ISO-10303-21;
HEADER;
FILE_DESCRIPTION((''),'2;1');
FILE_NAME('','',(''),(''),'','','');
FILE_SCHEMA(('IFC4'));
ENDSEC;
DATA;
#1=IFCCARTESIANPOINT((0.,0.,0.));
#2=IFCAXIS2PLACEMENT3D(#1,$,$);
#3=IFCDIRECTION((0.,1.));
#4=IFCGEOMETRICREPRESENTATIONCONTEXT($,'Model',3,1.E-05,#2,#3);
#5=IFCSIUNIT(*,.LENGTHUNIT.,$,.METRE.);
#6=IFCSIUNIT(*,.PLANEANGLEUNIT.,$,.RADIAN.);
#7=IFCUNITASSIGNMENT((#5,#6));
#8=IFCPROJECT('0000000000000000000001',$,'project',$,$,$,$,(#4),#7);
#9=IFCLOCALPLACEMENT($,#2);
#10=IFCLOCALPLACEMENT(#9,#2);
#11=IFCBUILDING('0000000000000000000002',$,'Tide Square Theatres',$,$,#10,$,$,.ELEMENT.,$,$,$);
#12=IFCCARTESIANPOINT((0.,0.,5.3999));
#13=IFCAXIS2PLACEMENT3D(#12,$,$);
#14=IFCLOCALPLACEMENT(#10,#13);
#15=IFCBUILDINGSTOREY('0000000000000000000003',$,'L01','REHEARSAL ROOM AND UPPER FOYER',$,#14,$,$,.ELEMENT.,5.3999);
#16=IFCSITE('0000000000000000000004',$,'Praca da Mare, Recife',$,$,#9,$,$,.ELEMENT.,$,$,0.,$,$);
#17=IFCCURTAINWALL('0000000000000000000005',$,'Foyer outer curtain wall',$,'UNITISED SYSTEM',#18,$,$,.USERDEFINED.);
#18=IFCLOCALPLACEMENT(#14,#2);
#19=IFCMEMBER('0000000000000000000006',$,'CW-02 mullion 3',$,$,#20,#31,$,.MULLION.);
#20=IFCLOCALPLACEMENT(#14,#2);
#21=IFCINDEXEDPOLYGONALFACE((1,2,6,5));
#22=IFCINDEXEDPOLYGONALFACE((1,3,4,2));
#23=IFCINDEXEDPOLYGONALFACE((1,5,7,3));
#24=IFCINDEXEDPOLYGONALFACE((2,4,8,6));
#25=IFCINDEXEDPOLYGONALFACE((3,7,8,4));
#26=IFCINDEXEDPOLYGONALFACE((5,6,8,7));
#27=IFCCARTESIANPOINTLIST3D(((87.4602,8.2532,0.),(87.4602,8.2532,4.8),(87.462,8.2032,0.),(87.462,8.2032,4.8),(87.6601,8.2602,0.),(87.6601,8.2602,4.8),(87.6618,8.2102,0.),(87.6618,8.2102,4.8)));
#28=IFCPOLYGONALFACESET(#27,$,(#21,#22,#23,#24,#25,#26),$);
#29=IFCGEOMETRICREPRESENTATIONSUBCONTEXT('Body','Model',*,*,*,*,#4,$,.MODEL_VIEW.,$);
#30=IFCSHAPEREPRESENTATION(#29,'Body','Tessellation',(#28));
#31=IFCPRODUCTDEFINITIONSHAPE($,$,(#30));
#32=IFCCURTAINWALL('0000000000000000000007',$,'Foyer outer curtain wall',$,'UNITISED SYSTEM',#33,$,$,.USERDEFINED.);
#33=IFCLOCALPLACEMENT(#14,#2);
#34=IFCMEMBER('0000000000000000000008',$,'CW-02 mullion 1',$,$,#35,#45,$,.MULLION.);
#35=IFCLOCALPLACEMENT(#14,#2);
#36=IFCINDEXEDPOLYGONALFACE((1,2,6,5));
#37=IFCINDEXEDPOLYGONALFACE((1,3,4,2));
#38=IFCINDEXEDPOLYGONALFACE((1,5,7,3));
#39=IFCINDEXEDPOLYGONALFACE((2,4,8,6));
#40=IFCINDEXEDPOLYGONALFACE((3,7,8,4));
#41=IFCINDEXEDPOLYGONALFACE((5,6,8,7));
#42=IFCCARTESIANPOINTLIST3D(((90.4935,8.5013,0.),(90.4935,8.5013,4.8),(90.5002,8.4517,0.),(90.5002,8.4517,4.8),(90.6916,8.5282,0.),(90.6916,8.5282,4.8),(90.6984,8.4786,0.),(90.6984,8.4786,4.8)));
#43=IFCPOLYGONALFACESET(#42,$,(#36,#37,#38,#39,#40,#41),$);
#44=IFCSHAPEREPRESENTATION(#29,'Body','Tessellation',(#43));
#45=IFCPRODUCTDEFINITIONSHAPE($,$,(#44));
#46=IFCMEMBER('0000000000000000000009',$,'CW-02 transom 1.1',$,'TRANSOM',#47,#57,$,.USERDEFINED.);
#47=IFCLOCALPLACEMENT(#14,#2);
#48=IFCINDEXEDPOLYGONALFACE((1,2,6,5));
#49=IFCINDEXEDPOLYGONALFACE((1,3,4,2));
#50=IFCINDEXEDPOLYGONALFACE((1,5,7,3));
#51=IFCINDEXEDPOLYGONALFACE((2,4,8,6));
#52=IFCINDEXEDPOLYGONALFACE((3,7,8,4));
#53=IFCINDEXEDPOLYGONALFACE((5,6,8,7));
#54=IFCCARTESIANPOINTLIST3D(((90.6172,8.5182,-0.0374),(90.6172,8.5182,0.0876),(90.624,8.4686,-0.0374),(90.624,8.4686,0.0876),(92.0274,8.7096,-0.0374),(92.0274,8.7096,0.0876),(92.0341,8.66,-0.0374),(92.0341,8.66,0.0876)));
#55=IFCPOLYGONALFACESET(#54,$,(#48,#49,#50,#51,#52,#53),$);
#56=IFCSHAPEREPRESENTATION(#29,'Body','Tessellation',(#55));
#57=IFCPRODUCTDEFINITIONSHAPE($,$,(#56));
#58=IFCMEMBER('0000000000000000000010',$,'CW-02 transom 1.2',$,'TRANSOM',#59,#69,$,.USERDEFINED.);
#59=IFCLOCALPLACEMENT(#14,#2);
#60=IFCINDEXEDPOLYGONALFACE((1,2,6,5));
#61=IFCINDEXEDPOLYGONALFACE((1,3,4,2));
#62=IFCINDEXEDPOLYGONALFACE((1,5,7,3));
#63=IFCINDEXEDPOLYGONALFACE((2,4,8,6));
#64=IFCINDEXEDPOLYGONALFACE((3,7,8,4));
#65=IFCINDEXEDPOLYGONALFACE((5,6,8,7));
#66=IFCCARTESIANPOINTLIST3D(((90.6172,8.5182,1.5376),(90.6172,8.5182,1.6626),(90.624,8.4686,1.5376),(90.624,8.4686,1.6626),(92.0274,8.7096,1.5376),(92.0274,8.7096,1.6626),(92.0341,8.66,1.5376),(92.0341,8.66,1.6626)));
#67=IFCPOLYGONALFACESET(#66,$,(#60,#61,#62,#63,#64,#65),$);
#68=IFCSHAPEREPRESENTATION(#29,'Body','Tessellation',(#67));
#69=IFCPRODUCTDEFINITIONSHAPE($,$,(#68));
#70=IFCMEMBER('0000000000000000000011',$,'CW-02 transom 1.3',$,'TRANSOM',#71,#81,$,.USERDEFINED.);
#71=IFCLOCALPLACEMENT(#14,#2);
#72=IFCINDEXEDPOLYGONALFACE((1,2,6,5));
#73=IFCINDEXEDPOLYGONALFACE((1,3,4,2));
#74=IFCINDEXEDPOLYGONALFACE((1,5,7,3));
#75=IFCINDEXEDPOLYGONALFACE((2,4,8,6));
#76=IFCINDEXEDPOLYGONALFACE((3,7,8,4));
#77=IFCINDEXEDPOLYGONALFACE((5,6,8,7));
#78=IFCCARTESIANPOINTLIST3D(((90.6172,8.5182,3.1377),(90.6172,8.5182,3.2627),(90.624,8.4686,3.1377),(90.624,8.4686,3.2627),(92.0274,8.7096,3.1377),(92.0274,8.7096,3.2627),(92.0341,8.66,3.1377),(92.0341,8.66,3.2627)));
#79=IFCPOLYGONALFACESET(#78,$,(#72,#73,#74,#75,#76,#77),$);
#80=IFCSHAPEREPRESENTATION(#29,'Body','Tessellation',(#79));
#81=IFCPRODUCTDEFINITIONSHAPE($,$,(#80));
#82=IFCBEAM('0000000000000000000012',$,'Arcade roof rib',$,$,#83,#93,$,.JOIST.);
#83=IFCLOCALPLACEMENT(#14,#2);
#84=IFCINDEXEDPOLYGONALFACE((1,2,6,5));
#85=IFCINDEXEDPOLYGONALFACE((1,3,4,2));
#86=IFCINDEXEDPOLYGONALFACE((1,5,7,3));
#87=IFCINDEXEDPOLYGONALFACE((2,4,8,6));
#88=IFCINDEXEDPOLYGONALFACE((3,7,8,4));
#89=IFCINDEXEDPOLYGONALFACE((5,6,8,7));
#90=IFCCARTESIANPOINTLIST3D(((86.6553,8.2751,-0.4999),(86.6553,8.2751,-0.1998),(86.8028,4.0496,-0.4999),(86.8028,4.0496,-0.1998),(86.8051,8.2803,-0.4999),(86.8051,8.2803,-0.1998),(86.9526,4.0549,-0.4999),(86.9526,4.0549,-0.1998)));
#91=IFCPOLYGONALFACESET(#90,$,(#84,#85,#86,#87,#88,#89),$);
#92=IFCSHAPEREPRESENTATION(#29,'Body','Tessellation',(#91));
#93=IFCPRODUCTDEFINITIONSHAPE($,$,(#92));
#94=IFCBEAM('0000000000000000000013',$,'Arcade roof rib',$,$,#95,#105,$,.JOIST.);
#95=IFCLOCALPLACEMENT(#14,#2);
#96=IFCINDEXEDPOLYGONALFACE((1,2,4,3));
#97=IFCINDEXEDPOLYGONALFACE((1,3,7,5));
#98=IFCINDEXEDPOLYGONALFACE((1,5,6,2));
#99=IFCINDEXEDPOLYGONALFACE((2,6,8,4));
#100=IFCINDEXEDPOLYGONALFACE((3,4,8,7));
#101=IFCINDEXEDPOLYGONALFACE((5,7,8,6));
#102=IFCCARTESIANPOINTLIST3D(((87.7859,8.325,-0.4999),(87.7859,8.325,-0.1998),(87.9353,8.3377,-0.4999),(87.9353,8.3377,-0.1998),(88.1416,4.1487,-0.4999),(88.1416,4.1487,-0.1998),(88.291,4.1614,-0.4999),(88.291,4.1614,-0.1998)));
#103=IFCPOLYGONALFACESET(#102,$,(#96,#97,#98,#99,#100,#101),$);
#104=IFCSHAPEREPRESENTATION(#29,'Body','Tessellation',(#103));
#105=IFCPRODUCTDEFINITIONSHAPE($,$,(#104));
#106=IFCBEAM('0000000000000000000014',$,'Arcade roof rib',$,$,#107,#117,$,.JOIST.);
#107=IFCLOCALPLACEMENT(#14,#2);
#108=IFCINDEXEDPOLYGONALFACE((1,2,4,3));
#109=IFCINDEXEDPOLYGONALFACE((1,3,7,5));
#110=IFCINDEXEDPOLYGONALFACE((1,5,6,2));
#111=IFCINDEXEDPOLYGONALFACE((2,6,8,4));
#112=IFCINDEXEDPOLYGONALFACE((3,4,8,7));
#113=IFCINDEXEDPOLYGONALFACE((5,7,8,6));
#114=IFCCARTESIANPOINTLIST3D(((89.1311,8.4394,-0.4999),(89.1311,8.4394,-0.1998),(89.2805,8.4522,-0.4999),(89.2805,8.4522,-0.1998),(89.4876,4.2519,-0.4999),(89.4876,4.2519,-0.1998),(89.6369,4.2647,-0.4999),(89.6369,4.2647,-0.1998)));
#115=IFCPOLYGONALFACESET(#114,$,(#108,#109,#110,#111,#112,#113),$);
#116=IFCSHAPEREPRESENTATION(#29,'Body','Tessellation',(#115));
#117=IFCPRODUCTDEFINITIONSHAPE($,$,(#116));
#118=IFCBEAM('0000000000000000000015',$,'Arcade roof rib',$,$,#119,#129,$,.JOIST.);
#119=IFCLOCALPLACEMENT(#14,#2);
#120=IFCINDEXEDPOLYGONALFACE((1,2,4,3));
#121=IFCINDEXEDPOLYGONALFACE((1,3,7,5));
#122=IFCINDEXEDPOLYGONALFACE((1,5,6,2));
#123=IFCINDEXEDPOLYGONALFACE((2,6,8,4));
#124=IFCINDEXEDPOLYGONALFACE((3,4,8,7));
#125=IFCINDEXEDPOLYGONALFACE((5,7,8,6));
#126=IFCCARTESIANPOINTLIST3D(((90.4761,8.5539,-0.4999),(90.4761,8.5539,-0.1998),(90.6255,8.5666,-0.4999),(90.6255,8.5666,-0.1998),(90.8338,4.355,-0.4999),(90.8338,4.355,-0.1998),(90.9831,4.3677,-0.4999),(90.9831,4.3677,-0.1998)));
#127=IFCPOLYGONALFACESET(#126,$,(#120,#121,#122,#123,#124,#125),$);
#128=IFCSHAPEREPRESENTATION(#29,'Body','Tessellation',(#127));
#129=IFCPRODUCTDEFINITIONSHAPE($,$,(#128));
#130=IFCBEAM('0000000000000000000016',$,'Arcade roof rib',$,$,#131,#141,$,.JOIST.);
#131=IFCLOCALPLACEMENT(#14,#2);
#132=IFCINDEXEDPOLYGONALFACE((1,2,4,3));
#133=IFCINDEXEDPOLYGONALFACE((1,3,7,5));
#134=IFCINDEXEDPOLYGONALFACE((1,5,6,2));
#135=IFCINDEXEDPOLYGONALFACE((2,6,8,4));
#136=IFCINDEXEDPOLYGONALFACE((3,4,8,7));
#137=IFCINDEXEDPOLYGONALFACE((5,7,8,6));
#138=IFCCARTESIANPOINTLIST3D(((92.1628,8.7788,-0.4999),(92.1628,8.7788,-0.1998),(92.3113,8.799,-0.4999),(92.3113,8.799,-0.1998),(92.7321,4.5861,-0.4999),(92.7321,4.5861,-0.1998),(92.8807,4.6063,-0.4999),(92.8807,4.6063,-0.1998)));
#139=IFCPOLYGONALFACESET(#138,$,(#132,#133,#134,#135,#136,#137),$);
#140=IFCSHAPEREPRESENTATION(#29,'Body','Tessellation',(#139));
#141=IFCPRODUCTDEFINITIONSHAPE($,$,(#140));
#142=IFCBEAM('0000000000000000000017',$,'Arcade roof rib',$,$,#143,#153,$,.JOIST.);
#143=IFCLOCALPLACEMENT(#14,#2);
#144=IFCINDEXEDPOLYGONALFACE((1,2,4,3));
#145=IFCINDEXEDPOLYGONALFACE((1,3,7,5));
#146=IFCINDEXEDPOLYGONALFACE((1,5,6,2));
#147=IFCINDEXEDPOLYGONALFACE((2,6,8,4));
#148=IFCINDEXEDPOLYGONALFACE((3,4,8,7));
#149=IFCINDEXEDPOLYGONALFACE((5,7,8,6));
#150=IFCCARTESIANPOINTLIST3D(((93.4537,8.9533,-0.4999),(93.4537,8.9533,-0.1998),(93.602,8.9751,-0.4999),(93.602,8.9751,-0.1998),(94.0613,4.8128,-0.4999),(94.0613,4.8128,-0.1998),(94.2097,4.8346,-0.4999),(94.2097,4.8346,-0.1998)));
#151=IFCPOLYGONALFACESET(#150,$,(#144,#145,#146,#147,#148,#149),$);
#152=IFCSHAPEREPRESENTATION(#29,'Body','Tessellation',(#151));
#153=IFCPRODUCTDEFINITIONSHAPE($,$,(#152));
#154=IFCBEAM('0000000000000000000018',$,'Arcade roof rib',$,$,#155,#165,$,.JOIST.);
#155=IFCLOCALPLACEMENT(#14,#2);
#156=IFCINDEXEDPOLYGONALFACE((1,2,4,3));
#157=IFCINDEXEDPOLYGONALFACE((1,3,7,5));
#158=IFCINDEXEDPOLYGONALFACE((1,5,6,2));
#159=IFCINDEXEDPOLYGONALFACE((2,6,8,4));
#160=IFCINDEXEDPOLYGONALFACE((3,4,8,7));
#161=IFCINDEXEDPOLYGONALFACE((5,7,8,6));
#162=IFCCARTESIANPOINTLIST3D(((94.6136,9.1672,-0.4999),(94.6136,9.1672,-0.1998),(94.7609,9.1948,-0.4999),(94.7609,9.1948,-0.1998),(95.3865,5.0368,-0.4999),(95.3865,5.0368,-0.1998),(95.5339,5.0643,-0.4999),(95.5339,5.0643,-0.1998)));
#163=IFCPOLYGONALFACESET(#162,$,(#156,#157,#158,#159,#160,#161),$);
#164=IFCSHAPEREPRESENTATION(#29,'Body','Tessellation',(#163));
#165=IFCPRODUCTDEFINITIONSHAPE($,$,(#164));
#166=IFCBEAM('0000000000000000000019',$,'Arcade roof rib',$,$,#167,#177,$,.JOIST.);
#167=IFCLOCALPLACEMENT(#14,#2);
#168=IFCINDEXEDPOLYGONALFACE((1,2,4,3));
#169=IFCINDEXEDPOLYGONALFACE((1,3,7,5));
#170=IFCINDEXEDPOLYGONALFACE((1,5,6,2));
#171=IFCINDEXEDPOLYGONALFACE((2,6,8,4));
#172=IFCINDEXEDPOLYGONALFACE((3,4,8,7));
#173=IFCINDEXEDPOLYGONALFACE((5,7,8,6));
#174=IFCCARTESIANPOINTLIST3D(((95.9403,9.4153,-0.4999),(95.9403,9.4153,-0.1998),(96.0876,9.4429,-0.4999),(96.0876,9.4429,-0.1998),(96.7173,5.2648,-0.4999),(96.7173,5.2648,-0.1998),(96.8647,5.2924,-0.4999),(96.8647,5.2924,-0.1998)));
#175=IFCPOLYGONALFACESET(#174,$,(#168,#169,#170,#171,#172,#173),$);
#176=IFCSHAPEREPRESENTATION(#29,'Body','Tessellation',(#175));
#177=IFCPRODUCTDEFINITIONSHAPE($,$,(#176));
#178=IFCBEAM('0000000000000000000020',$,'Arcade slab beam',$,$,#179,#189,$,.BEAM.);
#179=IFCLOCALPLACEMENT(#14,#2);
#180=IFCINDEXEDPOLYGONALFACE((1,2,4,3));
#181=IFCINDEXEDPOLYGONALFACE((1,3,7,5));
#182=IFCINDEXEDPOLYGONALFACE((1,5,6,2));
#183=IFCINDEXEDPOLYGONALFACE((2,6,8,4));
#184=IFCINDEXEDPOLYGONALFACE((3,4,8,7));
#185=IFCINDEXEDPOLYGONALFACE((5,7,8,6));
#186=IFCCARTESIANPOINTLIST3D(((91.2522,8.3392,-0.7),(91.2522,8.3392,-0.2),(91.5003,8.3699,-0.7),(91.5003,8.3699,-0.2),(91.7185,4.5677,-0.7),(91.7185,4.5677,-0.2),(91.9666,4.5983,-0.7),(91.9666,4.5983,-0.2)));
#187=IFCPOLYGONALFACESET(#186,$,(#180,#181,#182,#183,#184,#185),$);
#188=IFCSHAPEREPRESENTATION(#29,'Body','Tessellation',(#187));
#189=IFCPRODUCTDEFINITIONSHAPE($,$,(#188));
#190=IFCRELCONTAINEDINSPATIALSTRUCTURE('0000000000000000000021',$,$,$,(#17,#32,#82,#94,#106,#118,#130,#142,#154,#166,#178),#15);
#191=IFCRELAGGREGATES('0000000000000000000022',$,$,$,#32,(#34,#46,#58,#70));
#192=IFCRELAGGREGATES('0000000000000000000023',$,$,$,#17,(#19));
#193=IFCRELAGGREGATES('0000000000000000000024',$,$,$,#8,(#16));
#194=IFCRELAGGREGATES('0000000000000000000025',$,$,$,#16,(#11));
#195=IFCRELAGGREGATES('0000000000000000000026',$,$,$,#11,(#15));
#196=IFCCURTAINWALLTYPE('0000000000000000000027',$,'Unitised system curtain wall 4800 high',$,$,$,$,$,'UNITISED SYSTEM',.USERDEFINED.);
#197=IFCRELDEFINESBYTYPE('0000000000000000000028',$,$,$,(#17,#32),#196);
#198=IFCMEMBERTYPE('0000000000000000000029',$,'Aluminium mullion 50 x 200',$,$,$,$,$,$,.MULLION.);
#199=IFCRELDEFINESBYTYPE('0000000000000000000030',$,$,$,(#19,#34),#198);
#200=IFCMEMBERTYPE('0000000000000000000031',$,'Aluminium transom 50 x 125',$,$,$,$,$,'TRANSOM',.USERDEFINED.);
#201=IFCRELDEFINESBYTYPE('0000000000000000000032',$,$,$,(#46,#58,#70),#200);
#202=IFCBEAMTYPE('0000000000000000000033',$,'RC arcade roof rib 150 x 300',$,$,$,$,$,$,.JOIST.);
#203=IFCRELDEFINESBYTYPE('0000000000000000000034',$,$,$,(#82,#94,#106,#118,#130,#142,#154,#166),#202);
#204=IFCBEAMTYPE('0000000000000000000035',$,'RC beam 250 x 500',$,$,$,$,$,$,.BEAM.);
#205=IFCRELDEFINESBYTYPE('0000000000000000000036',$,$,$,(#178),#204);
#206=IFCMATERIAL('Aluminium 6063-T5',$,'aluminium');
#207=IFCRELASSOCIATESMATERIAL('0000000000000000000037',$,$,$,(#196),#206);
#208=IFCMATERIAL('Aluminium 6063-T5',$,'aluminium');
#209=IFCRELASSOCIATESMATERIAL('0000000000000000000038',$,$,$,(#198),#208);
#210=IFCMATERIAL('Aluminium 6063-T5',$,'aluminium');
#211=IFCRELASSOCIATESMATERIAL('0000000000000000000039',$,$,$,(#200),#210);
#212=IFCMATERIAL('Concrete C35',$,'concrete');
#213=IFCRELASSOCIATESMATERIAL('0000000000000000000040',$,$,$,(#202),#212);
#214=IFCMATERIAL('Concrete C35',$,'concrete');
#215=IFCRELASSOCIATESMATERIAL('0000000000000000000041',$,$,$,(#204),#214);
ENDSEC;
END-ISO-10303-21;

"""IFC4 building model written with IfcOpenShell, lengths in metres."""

from ifc_helpers import new_model, si_unit, direction, frame, origin, origin_2d, place, context, subcontext, project, spatial, rectangle, extrude, material, material_profile, profile_set, type_object, element, aggregate, save


model = new_model("IFC4")

# Units and contexts
model_context = context("Model", 3, precision=1e-05, world=origin(), true_north=direction((0.0, 1.0)))
body_context = subcontext(model_context, "Body", "Model", "MODEL_VIEW")
ifc_project = project(units=[si_unit("LENGTHUNIT", "METRE"), si_unit("PLANEANGLEUNIT", "RADIAN")], contexts=[model_context])

# Site, building, storey
site_placement = place(None, origin())
site = spatial("IfcSite", under=ifc_project, at=site_placement, Name="Praca da Mare, Recife", CompositionType="ELEMENT", RefElevation=0.0)
building_placement = place(site_placement, origin())
building = spatial("IfcBuilding", under=site, at=building_placement, Name="Tide Square Theatres", CompositionType="ELEMENT")
storey_placement = place(building_placement, frame((0.0, 0.0, 5.3999)))
storey = spatial("IfcBuildingStorey", under=building, at=storey_placement, Name="L01", Description="REHEARSAL ROOM AND UPPER FOYER", CompositionType="ELEMENT", Elevation=5.3999)

# Curtain wall, member
ifc_material_1 = material(Name="Aluminium 6063-T5", Category="aluminium")
curtain_wall_type = type_object("IfcCurtainWallType", Name="Unitised system curtain wall 4800 high", ElementType="UNITISED SYSTEM", PredefinedType="USERDEFINED", material=ifc_material_1)
curtain_wall_1_placement = place(storey_placement, origin())
curtain_wall_1 = element("IfcCurtainWall", 1, at=curtain_wall_1_placement, inside=storey, type_object=curtain_wall_type, Name="Foyer outer curtain wall", ObjectType="UNITISED SYSTEM", PredefinedType="USERDEFINED")
ifc_material_2 = material(Name="Aluminium 6063-T5", Category="aluminium")
ifc_material_profile_1 = material_profile(ifc_material_2, rectangle(XDim=0.05, YDim=0.2, at=origin_2d()))
ifc_profile_set_1 = profile_set([ifc_material_profile_1], Name="Aluminium 6063-T5")
member_type_1 = type_object("IfcMemberType", Name="Aluminium mullion 50 x 200", PredefinedType="MULLION", material=ifc_profile_set_1)
member_1_placement = place(storey_placement, frame((87.561, 8.2317, 0.0), z_axis=(0.0, 0.0, 1.0), x_axis=(-0.03488, 0.999392, 0.0)))
member_1 = element("IfcMember", 2, at=member_1_placement, type_object=member_type_1, Name="CW-02 mullion 3", PredefinedType="MULLION", context=body_context, shape_type="SweptSolid", body=[
    extrude(rectangle(XDim=0.05, YDim=0.2, at=origin_2d()), origin(), (0.0, 0.0, 1.0), 4.8),
])

# Curtain wall, members
curtain_wall_2_placement = place(storey_placement, origin())
curtain_wall_2 = element("IfcCurtainWall", 3, at=curtain_wall_2_placement, inside=storey, type_object=curtain_wall_type, Name="Foyer outer curtain wall", ObjectType="UNITISED SYSTEM", PredefinedType="USERDEFINED")
member_2_placement = place(storey_placement, frame((90.5959, 8.49, 0.0), z_axis=(0.0, 0.0, 1.0), x_axis=(-0.134577, 0.990903, 0.0)))
member_2 = element("IfcMember", 4, at=member_2_placement, type_object=member_type_1, Name="CW-02 mullion 1", PredefinedType="MULLION", context=body_context, shape_type="SweptSolid", body=[
    extrude(rectangle(XDim=0.05, YDim=0.2, at=origin_2d()), origin(), (0.0, 0.0, 1.0), 4.8),
])
ifc_material_3 = material(Name="Aluminium 6063-T5", Category="aluminium")
ifc_material_profile_2 = material_profile(ifc_material_3, rectangle(XDim=0.05, YDim=0.125, at=origin_2d()))
ifc_profile_set_2 = profile_set([ifc_material_profile_2], Name="Aluminium 6063-T5")
member_type_2 = type_object("IfcMemberType", Name="Aluminium transom 50 x 125", ElementType="TRANSOM", PredefinedType="USERDEFINED", material=ifc_profile_set_2)
member_3_placement = place(storey_placement, frame((90.6206, 8.4934, 0.0251), z_axis=(0.990913, 0.134501, 0.0), x_axis=(-0.134501, 0.990913, 0.0)))
member_3 = element("IfcMember", 5, at=member_3_placement, type_object=member_type_2, Name="CW-02 transom 1.1", ObjectType="TRANSOM", PredefinedType="USERDEFINED", context=body_context, shape_type="SweptSolid", body=[
    extrude(rectangle(XDim=0.05, YDim=0.125, at=origin_2d()), origin(), (0.0, 0.0, 1.0), 1.4231),
])
member_4_placement = place(storey_placement, frame((90.6206, 8.4934, 1.6001), z_axis=(0.990913, 0.134501, 0.0), x_axis=(-0.134501, 0.990913, 0.0)))
member_4 = element("IfcMember", 6, at=member_4_placement, type_object=member_type_2, Name="CW-02 transom 1.2", ObjectType="TRANSOM", PredefinedType="USERDEFINED", context=body_context, shape_type="SweptSolid", body=[
    extrude(rectangle(XDim=0.05, YDim=0.125, at=origin_2d()), origin(), (0.0, 0.0, 1.0), 1.4231),
])
member_5_placement = place(storey_placement, frame((90.6206, 8.4934, 3.2002), z_axis=(0.990913, 0.134501, 0.0), x_axis=(-0.134501, 0.990913, 0.0)))
member_5 = element("IfcMember", 7, at=member_5_placement, type_object=member_type_2, Name="CW-02 transom 1.3", ObjectType="TRANSOM", PredefinedType="USERDEFINED", context=body_context, shape_type="SweptSolid", body=[
    extrude(rectangle(XDim=0.05, YDim=0.125, at=origin_2d()), origin(), (0.0, 0.0, 1.0), 1.4231),
])
aggregate(curtain_wall_2, [member_2, member_3, member_4, member_5])

# Beams
ifc_material_4 = material(Name="Concrete C35", Category="concrete")
ifc_material_profile_3 = material_profile(ifc_material_4, rectangle(XDim=0.1499, YDim=0.3, at=origin_2d()))
ifc_profile_set_3 = profile_set([ifc_material_profile_3], Name="Concrete C35")
beam_type_1 = type_object("IfcBeamType", Name="RC arcade roof rib 150 x 300", PredefinedType="JOIST", material=ifc_profile_set_3)
beam_1_placement = place(storey_placement, frame((86.8777, 4.0522, -0.3499), z_axis=(-0.034878, 0.999392, 0.0), x_axis=(-0.999392, -0.034878, 0.0)))
element("IfcBeam", 8, at=beam_1_placement, inside=storey, type_object=beam_type_1, Name="Arcade roof rib", PredefinedType="JOIST", context=body_context, shape_type="SweptSolid", body=[
    extrude(rectangle(XDim=0.1499, YDim=0.3, at=origin_2d()), origin(), (0.0, 0.0, 1.0), 4.228),
])
beam_2_placement = place(storey_placement, frame((88.2163, 4.155, -0.3499), z_axis=(-0.084868, 0.996392, 0.0), x_axis=(-0.996392, -0.084868, 0.0)))
element("IfcBeam", 9, at=beam_2_placement, inside=storey, type_object=beam_type_1, Name="Arcade roof rib", PredefinedType="JOIST", context=body_context, shape_type="SweptSolid", body=[
    extrude(rectangle(XDim=0.1499, YDim=0.3, at=origin_2d()), origin(), (0.0, 0.0, 1.0), 4.1914),
])
beam_3_placement = place(storey_placement, frame((89.5623, 4.2583, -0.3499), z_axis=(-0.084815, 0.996397, 0.0), x_axis=(-0.996397, -0.084815, 0.0)))
element("IfcBeam", 10, at=beam_3_placement, inside=storey, type_object=beam_type_1, Name="Arcade roof rib", PredefinedType="JOIST", context=body_context, shape_type="SweptSolid", body=[
    extrude(rectangle(XDim=0.1499, YDim=0.3, at=origin_2d()), origin(), (0.0, 0.0, 1.0), 4.2026),
])
beam_4_placement = place(storey_placement, frame((90.9084, 4.3613, -0.3499), z_axis=(-0.084872, 0.996392, 0.0), x_axis=(-0.996392, -0.084872, 0.0)))
element("IfcBeam", 11, at=beam_4_placement, inside=storey, type_object=beam_type_1, Name="Arcade roof rib", PredefinedType="JOIST", context=body_context, shape_type="SweptSolid", body=[
    extrude(rectangle(XDim=0.1499, YDim=0.3, at=origin_2d()), origin(), (0.0, 0.0, 1.0), 4.2141),
])
beam_5_placement = place(storey_placement, frame((92.8064, 4.5962, -0.3499), z_axis=(-0.13456, 0.990906, 0.0), x_axis=(-0.990906, -0.13456, 0.0)))
element("IfcBeam", 12, at=beam_5_placement, inside=storey, type_object=beam_type_1, Name="Arcade roof rib", PredefinedType="JOIST", context=body_context, shape_type="SweptSolid", body=[
    extrude(rectangle(XDim=0.1499, YDim=0.3, at=origin_2d()), origin(), (0.0, 0.0, 1.0), 4.2312),
])
beam_6_placement = place(storey_placement, frame((94.1355, 4.8237, -0.3499), z_axis=(-0.14521, 0.989401, 0.0), x_axis=(-0.989401, -0.14521, 0.0)))
element("IfcBeam", 13, at=beam_6_placement, inside=storey, type_object=beam_type_1, Name="Arcade roof rib", PredefinedType="JOIST", context=body_context, shape_type="SweptSolid", body=[
    extrude(rectangle(XDim=0.1499, YDim=0.3, at=origin_2d()), origin(), (0.0, 0.0, 1.0), 4.1848),
])
beam_7_placement = place(storey_placement, frame((95.4602, 5.0505, -0.3499), z_axis=(-0.183945, 0.982937, 0.0), x_axis=(-0.982937, -0.183945, 0.0)))
element("IfcBeam", 14, at=beam_7_placement, inside=storey, type_object=beam_type_1, Name="Arcade roof rib", PredefinedType="JOIST", context=body_context, shape_type="SweptSolid", body=[
    extrude(rectangle(XDim=0.1499, YDim=0.3, at=origin_2d()), origin(), (0.0, 0.0, 1.0), 4.2021),
])
beam_8_placement = place(storey_placement, frame((96.791, 5.2786, -0.3499), z_axis=(-0.184027, 0.982921, 0.0), x_axis=(-0.982921, -0.184027, 0.0)))
element("IfcBeam", 15, at=beam_8_placement, inside=storey, type_object=beam_type_1, Name="Arcade roof rib", PredefinedType="JOIST", context=body_context, shape_type="SweptSolid", body=[
    extrude(rectangle(XDim=0.1499, YDim=0.3, at=origin_2d()), origin(), (0.0, 0.0, 1.0), 4.2227),
])
ifc_material_5 = material(Name="Concrete C35", Category="concrete")
ifc_material_profile_4 = material_profile(ifc_material_5, rectangle(XDim=0.25, YDim=0.5, at=origin_2d()))
ifc_profile_set_4 = profile_set([ifc_material_profile_4], Name="Concrete C35")
beam_type_2 = type_object("IfcBeamType", Name="RC beam 250 x 500", PredefinedType="BEAM", material=ifc_profile_set_4)
beam_9_placement = place(storey_placement, frame((91.8425, 4.583, -0.45), z_axis=(-0.122706, 0.992443, 0.0), x_axis=(-0.992443, -0.122706, 0.0)))
element("IfcBeam", 16, at=beam_9_placement, inside=storey, type_object=beam_type_2, Name="Arcade slab beam", PredefinedType="BEAM", context=body_context, shape_type="SweptSolid", body=[
    extrude(rectangle(XDim=0.25, YDim=0.5, at=origin_2d()), origin(), (0.0, 0.0, 1.0), 3.8003),
])

aggregate(curtain_wall_1, [member_1])

save(model, "model.ifc")
